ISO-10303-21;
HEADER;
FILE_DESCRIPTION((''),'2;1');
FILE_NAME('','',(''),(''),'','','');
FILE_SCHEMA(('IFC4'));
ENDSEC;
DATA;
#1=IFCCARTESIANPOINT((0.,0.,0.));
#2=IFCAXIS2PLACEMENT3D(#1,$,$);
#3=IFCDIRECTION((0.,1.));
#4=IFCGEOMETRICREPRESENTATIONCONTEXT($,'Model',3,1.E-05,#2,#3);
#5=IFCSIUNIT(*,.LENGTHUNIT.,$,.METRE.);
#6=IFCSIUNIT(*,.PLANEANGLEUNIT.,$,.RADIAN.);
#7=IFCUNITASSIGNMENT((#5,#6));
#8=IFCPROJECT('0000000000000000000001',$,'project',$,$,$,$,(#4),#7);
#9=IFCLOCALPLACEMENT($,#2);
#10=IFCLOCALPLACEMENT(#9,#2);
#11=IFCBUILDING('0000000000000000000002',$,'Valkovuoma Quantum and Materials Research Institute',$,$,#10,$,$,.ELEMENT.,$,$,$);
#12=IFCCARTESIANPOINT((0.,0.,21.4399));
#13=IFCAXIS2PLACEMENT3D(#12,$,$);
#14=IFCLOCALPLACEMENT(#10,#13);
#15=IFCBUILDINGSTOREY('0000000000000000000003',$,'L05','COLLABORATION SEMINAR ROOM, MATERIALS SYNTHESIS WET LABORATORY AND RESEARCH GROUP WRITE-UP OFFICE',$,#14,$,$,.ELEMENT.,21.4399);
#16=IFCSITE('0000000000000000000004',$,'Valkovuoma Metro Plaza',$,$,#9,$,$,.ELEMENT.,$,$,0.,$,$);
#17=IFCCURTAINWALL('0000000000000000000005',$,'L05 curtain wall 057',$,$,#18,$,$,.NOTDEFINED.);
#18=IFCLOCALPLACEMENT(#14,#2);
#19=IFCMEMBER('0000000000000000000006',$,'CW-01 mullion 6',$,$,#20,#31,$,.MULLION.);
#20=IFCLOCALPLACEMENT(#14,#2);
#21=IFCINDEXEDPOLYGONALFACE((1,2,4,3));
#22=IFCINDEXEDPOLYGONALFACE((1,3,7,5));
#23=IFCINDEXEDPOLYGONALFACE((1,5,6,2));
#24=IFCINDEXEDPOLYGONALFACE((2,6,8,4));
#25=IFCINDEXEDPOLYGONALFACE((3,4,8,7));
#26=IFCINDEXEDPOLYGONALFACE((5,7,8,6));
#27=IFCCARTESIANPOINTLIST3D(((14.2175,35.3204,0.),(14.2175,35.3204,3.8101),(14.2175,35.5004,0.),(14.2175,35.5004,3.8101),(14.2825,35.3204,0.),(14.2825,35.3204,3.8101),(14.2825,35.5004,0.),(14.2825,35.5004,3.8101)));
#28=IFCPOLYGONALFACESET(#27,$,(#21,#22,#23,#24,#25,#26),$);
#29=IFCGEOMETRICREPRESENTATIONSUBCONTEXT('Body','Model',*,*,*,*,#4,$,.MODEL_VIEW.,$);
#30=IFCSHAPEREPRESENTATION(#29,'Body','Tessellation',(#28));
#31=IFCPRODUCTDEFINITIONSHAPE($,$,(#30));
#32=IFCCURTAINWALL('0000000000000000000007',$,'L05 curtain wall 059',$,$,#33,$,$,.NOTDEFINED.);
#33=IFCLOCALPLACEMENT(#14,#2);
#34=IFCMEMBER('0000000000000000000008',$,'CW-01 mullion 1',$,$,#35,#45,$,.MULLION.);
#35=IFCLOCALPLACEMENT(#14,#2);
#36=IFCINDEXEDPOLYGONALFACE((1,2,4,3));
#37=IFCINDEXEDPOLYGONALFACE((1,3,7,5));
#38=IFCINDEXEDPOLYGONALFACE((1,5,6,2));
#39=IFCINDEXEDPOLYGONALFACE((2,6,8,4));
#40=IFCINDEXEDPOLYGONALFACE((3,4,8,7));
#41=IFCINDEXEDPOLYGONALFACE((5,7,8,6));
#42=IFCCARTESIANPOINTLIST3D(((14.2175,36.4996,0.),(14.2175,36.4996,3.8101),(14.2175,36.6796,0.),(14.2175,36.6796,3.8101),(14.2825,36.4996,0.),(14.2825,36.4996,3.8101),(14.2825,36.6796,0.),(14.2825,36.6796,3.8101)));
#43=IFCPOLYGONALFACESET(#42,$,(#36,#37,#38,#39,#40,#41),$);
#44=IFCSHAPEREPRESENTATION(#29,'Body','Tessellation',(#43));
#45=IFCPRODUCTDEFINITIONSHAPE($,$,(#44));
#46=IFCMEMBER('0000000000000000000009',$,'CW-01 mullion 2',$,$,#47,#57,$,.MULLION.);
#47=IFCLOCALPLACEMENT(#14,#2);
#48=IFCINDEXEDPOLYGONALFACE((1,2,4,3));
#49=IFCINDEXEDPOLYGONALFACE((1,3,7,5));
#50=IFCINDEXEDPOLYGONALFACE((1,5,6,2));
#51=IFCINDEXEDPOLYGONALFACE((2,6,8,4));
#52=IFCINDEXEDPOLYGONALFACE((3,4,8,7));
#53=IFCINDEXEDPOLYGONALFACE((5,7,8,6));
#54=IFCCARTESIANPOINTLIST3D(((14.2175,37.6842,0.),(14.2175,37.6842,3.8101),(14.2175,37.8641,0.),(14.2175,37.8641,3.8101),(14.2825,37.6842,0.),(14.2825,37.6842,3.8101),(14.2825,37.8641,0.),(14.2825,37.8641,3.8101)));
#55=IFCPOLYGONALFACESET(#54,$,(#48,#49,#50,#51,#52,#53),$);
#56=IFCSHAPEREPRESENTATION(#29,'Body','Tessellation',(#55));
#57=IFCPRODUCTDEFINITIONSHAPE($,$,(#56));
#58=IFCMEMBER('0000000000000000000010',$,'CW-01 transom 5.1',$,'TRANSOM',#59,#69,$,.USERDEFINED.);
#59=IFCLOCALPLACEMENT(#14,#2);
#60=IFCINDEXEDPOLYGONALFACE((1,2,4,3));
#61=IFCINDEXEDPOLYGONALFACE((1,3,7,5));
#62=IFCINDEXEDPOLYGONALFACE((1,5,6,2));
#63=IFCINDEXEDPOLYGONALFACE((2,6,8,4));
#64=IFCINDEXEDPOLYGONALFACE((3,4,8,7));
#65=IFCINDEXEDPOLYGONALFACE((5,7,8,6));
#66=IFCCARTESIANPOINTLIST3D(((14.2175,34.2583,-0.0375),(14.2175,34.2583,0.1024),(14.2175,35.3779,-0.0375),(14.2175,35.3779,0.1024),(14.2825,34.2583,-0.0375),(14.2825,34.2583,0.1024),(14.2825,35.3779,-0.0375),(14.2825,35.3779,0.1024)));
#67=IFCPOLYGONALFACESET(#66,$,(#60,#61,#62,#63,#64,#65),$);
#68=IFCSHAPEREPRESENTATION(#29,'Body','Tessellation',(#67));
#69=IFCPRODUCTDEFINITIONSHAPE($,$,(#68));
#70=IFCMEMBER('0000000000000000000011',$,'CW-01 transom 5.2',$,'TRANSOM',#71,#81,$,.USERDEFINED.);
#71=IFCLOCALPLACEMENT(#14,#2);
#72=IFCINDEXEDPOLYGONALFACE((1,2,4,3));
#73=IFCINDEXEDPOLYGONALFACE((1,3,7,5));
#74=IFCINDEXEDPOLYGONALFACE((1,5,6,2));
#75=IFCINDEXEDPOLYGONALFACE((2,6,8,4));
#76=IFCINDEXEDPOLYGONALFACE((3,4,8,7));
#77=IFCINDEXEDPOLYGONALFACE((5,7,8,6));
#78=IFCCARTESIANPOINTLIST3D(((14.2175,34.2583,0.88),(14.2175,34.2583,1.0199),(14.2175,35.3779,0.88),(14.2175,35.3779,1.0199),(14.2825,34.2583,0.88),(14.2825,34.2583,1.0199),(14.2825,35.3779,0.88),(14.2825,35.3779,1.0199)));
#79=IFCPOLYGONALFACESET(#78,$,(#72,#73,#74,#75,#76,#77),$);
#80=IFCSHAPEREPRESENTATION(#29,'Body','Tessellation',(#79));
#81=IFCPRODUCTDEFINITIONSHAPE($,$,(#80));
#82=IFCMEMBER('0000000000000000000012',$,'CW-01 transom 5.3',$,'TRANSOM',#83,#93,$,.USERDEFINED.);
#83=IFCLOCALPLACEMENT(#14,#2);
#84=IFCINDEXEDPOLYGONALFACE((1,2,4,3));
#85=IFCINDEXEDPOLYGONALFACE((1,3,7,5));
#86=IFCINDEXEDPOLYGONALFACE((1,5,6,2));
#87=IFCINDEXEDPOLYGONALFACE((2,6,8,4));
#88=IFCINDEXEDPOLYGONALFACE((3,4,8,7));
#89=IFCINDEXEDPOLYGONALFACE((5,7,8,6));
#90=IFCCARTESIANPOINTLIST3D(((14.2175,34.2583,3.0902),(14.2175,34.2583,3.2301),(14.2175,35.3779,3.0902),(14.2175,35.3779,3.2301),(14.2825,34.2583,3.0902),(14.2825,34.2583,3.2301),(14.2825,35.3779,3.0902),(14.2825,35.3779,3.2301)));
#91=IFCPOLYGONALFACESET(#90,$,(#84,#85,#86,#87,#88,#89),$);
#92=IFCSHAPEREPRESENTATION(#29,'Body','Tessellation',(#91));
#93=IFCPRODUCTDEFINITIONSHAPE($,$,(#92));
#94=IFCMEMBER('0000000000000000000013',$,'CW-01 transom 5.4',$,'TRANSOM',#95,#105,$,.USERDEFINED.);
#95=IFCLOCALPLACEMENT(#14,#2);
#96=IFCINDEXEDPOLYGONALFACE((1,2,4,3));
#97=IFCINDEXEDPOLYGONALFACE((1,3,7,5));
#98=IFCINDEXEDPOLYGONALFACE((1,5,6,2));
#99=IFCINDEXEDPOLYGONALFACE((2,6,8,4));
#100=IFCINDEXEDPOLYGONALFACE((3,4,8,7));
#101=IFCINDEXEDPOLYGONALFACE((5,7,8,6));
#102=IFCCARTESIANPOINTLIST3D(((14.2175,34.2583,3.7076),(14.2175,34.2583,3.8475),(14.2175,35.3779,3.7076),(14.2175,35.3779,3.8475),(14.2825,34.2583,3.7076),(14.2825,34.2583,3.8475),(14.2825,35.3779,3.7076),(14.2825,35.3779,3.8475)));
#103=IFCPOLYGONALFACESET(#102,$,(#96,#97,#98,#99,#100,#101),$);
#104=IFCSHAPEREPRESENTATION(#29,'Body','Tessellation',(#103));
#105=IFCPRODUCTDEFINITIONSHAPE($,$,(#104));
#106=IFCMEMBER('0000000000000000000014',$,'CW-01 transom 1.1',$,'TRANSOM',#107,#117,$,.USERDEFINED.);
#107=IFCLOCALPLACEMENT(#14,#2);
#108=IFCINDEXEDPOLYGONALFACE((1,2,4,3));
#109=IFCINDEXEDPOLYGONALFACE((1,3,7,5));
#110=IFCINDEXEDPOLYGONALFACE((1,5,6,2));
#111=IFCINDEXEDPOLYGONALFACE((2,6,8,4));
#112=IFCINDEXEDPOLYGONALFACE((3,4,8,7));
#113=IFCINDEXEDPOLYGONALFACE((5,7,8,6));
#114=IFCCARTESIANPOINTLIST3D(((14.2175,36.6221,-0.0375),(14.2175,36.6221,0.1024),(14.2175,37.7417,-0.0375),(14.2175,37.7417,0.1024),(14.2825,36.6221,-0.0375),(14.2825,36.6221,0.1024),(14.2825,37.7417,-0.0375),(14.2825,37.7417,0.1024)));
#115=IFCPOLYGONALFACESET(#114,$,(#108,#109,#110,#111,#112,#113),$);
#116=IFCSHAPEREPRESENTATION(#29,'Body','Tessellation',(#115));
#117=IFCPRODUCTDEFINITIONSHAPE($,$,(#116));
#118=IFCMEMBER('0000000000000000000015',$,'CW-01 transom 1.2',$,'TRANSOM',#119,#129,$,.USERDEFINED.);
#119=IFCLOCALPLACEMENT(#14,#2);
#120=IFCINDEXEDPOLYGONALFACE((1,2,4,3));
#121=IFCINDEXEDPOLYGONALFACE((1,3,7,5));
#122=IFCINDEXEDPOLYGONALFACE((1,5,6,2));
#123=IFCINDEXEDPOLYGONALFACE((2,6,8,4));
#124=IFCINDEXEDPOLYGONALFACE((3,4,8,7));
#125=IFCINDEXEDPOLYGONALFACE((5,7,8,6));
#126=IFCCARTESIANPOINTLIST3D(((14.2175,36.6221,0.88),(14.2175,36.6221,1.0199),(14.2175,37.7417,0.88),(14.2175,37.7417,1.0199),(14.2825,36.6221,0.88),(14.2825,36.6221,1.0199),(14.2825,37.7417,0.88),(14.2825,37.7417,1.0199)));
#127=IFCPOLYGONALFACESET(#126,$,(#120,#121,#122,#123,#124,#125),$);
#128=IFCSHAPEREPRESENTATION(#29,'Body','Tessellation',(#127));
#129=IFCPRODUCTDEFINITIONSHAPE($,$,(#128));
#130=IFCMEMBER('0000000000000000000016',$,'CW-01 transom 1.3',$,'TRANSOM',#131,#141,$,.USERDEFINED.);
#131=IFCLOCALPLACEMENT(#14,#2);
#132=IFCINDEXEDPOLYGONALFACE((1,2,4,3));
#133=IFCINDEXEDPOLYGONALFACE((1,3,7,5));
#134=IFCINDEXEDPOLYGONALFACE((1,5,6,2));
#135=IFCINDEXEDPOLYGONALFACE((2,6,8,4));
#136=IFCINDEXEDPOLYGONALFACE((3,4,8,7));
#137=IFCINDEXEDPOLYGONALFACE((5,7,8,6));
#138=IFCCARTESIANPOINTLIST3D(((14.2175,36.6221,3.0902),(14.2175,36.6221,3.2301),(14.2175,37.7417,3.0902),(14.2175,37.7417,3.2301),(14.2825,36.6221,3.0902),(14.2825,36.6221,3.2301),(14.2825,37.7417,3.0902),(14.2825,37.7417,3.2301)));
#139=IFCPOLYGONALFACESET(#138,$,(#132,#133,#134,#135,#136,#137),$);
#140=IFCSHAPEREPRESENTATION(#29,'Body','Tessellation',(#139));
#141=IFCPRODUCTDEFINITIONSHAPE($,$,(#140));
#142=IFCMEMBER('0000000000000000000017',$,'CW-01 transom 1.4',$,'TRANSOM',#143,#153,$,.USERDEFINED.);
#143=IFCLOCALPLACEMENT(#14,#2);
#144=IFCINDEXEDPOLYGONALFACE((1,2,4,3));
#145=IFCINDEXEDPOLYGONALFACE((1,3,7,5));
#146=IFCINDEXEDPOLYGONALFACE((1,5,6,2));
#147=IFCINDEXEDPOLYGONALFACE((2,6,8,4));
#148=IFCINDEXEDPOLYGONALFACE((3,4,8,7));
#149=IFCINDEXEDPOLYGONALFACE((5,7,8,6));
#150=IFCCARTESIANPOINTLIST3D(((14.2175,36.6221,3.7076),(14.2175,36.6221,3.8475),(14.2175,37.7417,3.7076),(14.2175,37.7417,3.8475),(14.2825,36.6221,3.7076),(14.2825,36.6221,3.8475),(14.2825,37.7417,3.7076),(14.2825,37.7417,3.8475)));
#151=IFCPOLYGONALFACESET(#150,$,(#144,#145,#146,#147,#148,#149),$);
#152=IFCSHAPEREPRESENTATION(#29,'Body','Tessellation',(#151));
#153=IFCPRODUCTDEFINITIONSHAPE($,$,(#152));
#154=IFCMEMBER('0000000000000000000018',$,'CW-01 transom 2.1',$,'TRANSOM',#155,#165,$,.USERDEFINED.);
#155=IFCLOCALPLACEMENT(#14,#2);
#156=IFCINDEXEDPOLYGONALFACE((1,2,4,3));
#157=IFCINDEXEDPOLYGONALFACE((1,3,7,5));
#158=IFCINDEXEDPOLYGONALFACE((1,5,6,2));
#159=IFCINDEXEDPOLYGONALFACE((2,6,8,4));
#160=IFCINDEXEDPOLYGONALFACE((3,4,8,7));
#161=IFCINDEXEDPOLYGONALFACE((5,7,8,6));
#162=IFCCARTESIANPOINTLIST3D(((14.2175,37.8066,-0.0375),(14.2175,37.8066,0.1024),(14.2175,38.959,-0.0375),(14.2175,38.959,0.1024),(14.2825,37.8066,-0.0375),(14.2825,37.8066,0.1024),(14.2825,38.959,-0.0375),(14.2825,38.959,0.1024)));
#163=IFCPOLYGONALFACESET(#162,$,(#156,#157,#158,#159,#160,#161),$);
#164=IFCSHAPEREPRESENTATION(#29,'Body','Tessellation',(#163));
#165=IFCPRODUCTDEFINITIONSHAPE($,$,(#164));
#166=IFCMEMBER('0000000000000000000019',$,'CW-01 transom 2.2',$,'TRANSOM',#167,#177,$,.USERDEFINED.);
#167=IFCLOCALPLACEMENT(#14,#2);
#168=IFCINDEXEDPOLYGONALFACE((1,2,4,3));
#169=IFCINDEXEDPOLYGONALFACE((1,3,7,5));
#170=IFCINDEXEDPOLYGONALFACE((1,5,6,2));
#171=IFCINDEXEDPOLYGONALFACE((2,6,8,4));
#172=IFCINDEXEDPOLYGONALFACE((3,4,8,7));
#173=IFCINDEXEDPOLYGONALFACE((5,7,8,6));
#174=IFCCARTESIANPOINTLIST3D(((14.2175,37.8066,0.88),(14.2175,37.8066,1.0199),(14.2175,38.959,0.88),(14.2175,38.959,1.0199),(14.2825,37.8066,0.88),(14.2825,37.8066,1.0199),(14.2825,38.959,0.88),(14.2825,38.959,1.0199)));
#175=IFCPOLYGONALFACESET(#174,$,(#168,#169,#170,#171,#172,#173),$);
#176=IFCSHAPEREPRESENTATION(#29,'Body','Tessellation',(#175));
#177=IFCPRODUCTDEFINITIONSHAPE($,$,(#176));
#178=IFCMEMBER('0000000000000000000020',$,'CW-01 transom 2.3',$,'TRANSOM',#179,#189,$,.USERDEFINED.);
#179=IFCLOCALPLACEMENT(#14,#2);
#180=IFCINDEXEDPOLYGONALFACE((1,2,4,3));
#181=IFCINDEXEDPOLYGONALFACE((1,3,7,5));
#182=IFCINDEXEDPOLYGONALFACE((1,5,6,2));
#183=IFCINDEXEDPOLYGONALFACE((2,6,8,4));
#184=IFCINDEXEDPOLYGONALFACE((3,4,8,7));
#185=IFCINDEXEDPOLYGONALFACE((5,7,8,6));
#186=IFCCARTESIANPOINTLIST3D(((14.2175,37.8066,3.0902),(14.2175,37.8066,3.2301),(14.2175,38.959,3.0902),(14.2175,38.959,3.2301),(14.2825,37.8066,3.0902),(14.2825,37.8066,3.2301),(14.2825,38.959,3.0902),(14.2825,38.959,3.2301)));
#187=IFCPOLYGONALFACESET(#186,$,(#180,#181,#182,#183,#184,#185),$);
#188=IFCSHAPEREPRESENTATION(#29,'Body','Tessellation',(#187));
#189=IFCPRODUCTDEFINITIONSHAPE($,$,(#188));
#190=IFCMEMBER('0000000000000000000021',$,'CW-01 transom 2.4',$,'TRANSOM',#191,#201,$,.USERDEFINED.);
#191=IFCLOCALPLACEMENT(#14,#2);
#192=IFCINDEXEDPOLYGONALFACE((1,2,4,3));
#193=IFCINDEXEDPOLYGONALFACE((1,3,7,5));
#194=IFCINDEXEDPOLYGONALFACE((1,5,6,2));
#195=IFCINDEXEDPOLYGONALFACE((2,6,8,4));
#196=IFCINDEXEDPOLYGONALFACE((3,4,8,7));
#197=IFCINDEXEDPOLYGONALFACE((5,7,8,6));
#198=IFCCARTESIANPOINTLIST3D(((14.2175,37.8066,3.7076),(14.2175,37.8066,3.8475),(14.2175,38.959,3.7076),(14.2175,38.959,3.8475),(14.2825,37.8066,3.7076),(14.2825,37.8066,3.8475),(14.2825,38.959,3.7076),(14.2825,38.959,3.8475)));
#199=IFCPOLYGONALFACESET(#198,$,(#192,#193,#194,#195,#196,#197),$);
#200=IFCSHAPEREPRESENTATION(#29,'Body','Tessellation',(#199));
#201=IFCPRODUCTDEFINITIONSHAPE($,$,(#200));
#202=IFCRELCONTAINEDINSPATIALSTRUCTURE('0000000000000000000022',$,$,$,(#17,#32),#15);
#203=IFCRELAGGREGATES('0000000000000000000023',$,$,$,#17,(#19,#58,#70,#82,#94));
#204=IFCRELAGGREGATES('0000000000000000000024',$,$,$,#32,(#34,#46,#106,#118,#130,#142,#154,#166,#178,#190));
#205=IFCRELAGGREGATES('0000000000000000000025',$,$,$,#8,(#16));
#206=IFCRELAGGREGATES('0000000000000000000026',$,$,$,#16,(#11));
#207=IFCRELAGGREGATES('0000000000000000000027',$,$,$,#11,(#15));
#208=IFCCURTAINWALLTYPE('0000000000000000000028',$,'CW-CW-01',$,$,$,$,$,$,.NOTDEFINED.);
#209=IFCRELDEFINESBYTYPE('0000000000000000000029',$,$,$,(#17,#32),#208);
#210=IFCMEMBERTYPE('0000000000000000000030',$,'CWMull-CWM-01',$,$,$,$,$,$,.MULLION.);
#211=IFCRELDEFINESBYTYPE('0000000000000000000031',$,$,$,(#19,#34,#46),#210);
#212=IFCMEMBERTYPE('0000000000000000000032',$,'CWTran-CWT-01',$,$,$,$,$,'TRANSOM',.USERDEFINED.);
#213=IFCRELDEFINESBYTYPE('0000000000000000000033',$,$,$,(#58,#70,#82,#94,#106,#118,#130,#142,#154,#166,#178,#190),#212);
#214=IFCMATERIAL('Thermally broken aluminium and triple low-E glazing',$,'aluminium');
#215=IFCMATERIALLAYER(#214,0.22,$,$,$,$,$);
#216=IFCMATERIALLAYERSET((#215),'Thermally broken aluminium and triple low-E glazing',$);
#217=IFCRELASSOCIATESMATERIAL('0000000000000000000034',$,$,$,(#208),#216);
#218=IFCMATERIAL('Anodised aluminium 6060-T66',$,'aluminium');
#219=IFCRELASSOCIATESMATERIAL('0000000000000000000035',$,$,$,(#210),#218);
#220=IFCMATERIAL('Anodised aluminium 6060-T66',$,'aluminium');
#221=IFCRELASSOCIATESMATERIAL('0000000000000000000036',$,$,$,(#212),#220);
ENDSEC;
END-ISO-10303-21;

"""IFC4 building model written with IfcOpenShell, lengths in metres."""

from ifc_helpers import new_model, si_unit, direction, frame, origin, origin_2d, place, context, subcontext, project, spatial, rectangle, extrude, material, layer, layer_set, material_profile, profile_set, type_object, element, aggregate, save


model = new_model("IFC4")

# Units and contexts
model_context = context("Model", 3, precision=1e-05, world=origin(), true_north=direction((0.0, 1.0)))
body_context = subcontext(model_context, "Body", "Model", "MODEL_VIEW")
ifc_project = project(units=[si_unit("LENGTHUNIT", "METRE"), si_unit("PLANEANGLEUNIT", "RADIAN")], contexts=[model_context])

# Site, building, storey
site_placement = place(None, origin())
site = spatial("IfcSite", under=ifc_project, at=site_placement, Name="Valkovuoma Metro Plaza", CompositionType="ELEMENT", RefElevation=0.0)
building_placement = place(site_placement, origin())
building = spatial("IfcBuilding", under=site, at=building_placement, Name="Valkovuoma Quantum and Materials Research Institute", CompositionType="ELEMENT")
storey_placement = place(building_placement, frame((0.0, 0.0, 21.4399)))
storey = spatial("IfcBuildingStorey", under=building, at=storey_placement, Name="L05", Description="COLLABORATION SEMINAR ROOM, MATERIALS SYNTHESIS WET LABORATORY AND RESEARCH GROUP WRITE-UP OFFICE", CompositionType="ELEMENT", Elevation=21.4399)

# Curtain wall, member
ifc_material_1 = material(Name="Thermally broken aluminium and triple low-E glazing", Category="aluminium")
ifc_layer_1 = layer(ifc_material_1, 0.22)
ifc_layer_set_1 = layer_set([ifc_layer_1], Name="Thermally broken aluminium and triple low-E glazing")
curtain_wall_type = type_object("IfcCurtainWallType", Name="CW-CW-01", PredefinedType="NOTDEFINED", material=ifc_layer_set_1)
curtain_wall_1_placement = place(storey_placement, origin())
curtain_wall_1 = element("IfcCurtainWall", 1, at=curtain_wall_1_placement, inside=storey, type_object=curtain_wall_type, Name="L05 curtain wall 057", PredefinedType="NOTDEFINED")
ifc_material_2 = material(Name="Anodised aluminium 6060-T66", Category="aluminium")
ifc_material_profile_1 = material_profile(ifc_material_2, rectangle(XDim=0.0649, YDim=0.1799, at=origin_2d()), Name="Anodised aluminium 6060-T66")
ifc_profile_set_1 = profile_set([ifc_material_profile_1], Name="Anodised aluminium 6060-T66")
member_type_1 = type_object("IfcMemberType", Name="CWMull-CWM-01", PredefinedType="MULLION", material=ifc_profile_set_1)
member_1_placement = place(storey_placement, frame((14.25, 35.4104, 0.0), z_axis=(0.0, 0.0, 1.0), x_axis=(-1.0, 0.0, 0.0)))
member_1 = element("IfcMember", 2, at=member_1_placement, type_object=member_type_1, Name="CW-01 mullion 6", PredefinedType="MULLION", context=body_context, shape_type="SweptSolid", body=[
    extrude(rectangle(XDim=0.0649, YDim=0.1799, at=origin_2d()), origin(), (0.0, 0.0, 1.0), 3.8101),
])

# Curtain wall, members
curtain_wall_2_placement = place(storey_placement, origin())
curtain_wall_2 = element("IfcCurtainWall", 3, at=curtain_wall_2_placement, inside=storey, type_object=curtain_wall_type, Name="L05 curtain wall 059", PredefinedType="NOTDEFINED")
member_2_placement = place(storey_placement, frame((14.25, 36.5896, 0.0), z_axis=(0.0, 0.0, 1.0), x_axis=(-1.0, 0.0, 0.0)))
member_2 = element("IfcMember", 4, at=member_2_placement, type_object=member_type_1, Name="CW-01 mullion 1", PredefinedType="MULLION", context=body_context, shape_type="SweptSolid", body=[
    extrude(rectangle(XDim=0.0649, YDim=0.1799, at=origin_2d()), origin(), (0.0, 0.0, 1.0), 3.8101),
])
member_3_placement = place(storey_placement, frame((14.25, 37.7742, 0.0), z_axis=(0.0, 0.0, 1.0), x_axis=(-1.0, 0.0, 0.0)))
member_3 = element("IfcMember", 5, at=member_3_placement, type_object=member_type_1, Name="CW-01 mullion 2", PredefinedType="MULLION", context=body_context, shape_type="SweptSolid", body=[
    extrude(rectangle(XDim=0.0649, YDim=0.1799, at=origin_2d()), origin(), (0.0, 0.0, 1.0), 3.8101),
])

# Members
ifc_material_3 = material(Name="Anodised aluminium 6060-T66", Category="aluminium")
ifc_material_profile_2 = material_profile(ifc_material_3, rectangle(XDim=0.0649, YDim=0.1399, at=origin_2d()), Name="Anodised aluminium 6060-T66")
ifc_profile_set_2 = profile_set([ifc_material_profile_2], Name="Anodised aluminium 6060-T66")
member_type_2 = type_object("IfcMemberType", Name="CWTran-CWT-01", ElementType="TRANSOM", PredefinedType="USERDEFINED", material=ifc_profile_set_2)
member_4_placement = place(storey_placement, frame((14.25, 34.2583, 0.0325), z_axis=(0.0, 1.0, 0.0), x_axis=(-1.0, 0.0, 0.0)))
member_4 = element("IfcMember", 6, at=member_4_placement, type_object=member_type_2, Name="CW-01 transom 5.1", ObjectType="TRANSOM", PredefinedType="USERDEFINED", context=body_context, shape_type="SweptSolid", body=[
    extrude(rectangle(XDim=0.0649, YDim=0.1399, at=origin_2d()), origin(), (0.0, 0.0, 1.0), 1.1196),
])
member_5_placement = place(storey_placement, frame((14.25, 34.2583, 0.95), z_axis=(0.0, 1.0, 0.0), x_axis=(-1.0, 0.0, 0.0)))
member_5 = element("IfcMember", 7, at=member_5_placement, type_object=member_type_2, Name="CW-01 transom 5.2", ObjectType="TRANSOM", PredefinedType="USERDEFINED", context=body_context, shape_type="SweptSolid", body=[
    extrude(rectangle(XDim=0.0649, YDim=0.1399, at=origin_2d()), origin(), (0.0, 0.0, 1.0), 1.1196),
])
member_6_placement = place(storey_placement, frame((14.25, 34.2583, 3.1602), z_axis=(0.0, 1.0, 0.0), x_axis=(-1.0, 0.0, 0.0)))
member_6 = element("IfcMember", 8, at=member_6_placement, type_object=member_type_2, Name="CW-01 transom 5.3", ObjectType="TRANSOM", PredefinedType="USERDEFINED", context=body_context, shape_type="SweptSolid", body=[
    extrude(rectangle(XDim=0.0649, YDim=0.1399, at=origin_2d()), origin(), (0.0, 0.0, 1.0), 1.1196),
])
member_7_placement = place(storey_placement, frame((14.25, 34.2583, 3.7776), z_axis=(0.0, 1.0, 0.0), x_axis=(-1.0, 0.0, 0.0)))
member_7 = element("IfcMember", 9, at=member_7_placement, type_object=member_type_2, Name="CW-01 transom 5.4", ObjectType="TRANSOM", PredefinedType="USERDEFINED", context=body_context, shape_type="SweptSolid", body=[
    extrude(rectangle(XDim=0.0649, YDim=0.1399, at=origin_2d()), origin(), (0.0, 0.0, 1.0), 1.1196),
])
member_8_placement = place(storey_placement, frame((14.25, 36.6221, 0.0325), z_axis=(0.0, 1.0, 0.0), x_axis=(-1.0, 0.0, 0.0)))
member_8 = element("IfcMember", 10, at=member_8_placement, type_object=member_type_2, Name="CW-01 transom 1.1", ObjectType="TRANSOM", PredefinedType="USERDEFINED", context=body_context, shape_type="SweptSolid", body=[
    extrude(rectangle(XDim=0.0649, YDim=0.1399, at=origin_2d()), origin(), (0.0, 0.0, 1.0), 1.1196),
])
member_9_placement = place(storey_placement, frame((14.25, 36.6221, 0.95), z_axis=(0.0, 1.0, 0.0), x_axis=(-1.0, 0.0, 0.0)))
member_9 = element("IfcMember", 11, at=member_9_placement, type_object=member_type_2, Name="CW-01 transom 1.2", ObjectType="TRANSOM", PredefinedType="USERDEFINED", context=body_context, shape_type="SweptSolid", body=[
    extrude(rectangle(XDim=0.0649, YDim=0.1399, at=origin_2d()), origin(), (0.0, 0.0, 1.0), 1.1196),
])
member_10_placement = place(storey_placement, frame((14.25, 36.6221, 3.1602), z_axis=(0.0, 1.0, 0.0), x_axis=(-1.0, 0.0, 0.0)))
member_10 = element("IfcMember", 12, at=member_10_placement, type_object=member_type_2, Name="CW-01 transom 1.3", ObjectType="TRANSOM", PredefinedType="USERDEFINED", context=body_context, shape_type="SweptSolid", body=[
    extrude(rectangle(XDim=0.0649, YDim=0.1399, at=origin_2d()), origin(), (0.0, 0.0, 1.0), 1.1196),
])
member_11_placement = place(storey_placement, frame((14.25, 36.6221, 3.7776), z_axis=(0.0, 1.0, 0.0), x_axis=(-1.0, 0.0, 0.0)))
member_11 = element("IfcMember", 13, at=member_11_placement, type_object=member_type_2, Name="CW-01 transom 1.4", ObjectType="TRANSOM", PredefinedType="USERDEFINED", context=body_context, shape_type="SweptSolid", body=[
    extrude(rectangle(XDim=0.0649, YDim=0.1399, at=origin_2d()), origin(), (0.0, 0.0, 1.0), 1.1196),
])
member_12_placement = place(storey_placement, frame((14.25, 37.8066, 0.0325), z_axis=(0.0, 1.0, 0.0), x_axis=(-1.0, 0.0, 0.0)))
member_12 = element("IfcMember", 14, at=member_12_placement, type_object=member_type_2, Name="CW-01 transom 2.1", ObjectType="TRANSOM", PredefinedType="USERDEFINED", context=body_context, shape_type="SweptSolid", body=[
    extrude(rectangle(XDim=0.0649, YDim=0.1399, at=origin_2d()), origin(), (0.0, 0.0, 1.0), 1.1523),
])
member_13_placement = place(storey_placement, frame((14.25, 37.8066, 0.95), z_axis=(0.0, 1.0, 0.0), x_axis=(-1.0, 0.0, 0.0)))
member_13 = element("IfcMember", 15, at=member_13_placement, type_object=member_type_2, Name="CW-01 transom 2.2", ObjectType="TRANSOM", PredefinedType="USERDEFINED", context=body_context, shape_type="SweptSolid", body=[
    extrude(rectangle(XDim=0.0649, YDim=0.1399, at=origin_2d()), origin(), (0.0, 0.0, 1.0), 1.1523),
])
member_14_placement = place(storey_placement, frame((14.25, 37.8066, 3.1602), z_axis=(0.0, 1.0, 0.0), x_axis=(-1.0, 0.0, 0.0)))
member_14 = element("IfcMember", 16, at=member_14_placement, type_object=member_type_2, Name="CW-01 transom 2.3", ObjectType="TRANSOM", PredefinedType="USERDEFINED", context=body_context, shape_type="SweptSolid", body=[
    extrude(rectangle(XDim=0.0649, YDim=0.1399, at=origin_2d()), origin(), (0.0, 0.0, 1.0), 1.1523),
])
member_15_placement = place(storey_placement, frame((14.25, 37.8066, 3.7776), z_axis=(0.0, 1.0, 0.0), x_axis=(-1.0, 0.0, 0.0)))
member_15 = element("IfcMember", 17, at=member_15_placement, type_object=member_type_2, Name="CW-01 transom 2.4", ObjectType="TRANSOM", PredefinedType="USERDEFINED", context=body_context, shape_type="SweptSolid", body=[
    extrude(rectangle(XDim=0.0649, YDim=0.1399, at=origin_2d()), origin(), (0.0, 0.0, 1.0), 1.1523),
])

aggregate(curtain_wall_1, [member_1, member_4, member_5, member_6, member_7])
aggregate(curtain_wall_2, [member_2, member_3, member_8, member_9, member_10, member_11, member_12, member_13, member_14, member_15])

save(model, "model.ifc")
